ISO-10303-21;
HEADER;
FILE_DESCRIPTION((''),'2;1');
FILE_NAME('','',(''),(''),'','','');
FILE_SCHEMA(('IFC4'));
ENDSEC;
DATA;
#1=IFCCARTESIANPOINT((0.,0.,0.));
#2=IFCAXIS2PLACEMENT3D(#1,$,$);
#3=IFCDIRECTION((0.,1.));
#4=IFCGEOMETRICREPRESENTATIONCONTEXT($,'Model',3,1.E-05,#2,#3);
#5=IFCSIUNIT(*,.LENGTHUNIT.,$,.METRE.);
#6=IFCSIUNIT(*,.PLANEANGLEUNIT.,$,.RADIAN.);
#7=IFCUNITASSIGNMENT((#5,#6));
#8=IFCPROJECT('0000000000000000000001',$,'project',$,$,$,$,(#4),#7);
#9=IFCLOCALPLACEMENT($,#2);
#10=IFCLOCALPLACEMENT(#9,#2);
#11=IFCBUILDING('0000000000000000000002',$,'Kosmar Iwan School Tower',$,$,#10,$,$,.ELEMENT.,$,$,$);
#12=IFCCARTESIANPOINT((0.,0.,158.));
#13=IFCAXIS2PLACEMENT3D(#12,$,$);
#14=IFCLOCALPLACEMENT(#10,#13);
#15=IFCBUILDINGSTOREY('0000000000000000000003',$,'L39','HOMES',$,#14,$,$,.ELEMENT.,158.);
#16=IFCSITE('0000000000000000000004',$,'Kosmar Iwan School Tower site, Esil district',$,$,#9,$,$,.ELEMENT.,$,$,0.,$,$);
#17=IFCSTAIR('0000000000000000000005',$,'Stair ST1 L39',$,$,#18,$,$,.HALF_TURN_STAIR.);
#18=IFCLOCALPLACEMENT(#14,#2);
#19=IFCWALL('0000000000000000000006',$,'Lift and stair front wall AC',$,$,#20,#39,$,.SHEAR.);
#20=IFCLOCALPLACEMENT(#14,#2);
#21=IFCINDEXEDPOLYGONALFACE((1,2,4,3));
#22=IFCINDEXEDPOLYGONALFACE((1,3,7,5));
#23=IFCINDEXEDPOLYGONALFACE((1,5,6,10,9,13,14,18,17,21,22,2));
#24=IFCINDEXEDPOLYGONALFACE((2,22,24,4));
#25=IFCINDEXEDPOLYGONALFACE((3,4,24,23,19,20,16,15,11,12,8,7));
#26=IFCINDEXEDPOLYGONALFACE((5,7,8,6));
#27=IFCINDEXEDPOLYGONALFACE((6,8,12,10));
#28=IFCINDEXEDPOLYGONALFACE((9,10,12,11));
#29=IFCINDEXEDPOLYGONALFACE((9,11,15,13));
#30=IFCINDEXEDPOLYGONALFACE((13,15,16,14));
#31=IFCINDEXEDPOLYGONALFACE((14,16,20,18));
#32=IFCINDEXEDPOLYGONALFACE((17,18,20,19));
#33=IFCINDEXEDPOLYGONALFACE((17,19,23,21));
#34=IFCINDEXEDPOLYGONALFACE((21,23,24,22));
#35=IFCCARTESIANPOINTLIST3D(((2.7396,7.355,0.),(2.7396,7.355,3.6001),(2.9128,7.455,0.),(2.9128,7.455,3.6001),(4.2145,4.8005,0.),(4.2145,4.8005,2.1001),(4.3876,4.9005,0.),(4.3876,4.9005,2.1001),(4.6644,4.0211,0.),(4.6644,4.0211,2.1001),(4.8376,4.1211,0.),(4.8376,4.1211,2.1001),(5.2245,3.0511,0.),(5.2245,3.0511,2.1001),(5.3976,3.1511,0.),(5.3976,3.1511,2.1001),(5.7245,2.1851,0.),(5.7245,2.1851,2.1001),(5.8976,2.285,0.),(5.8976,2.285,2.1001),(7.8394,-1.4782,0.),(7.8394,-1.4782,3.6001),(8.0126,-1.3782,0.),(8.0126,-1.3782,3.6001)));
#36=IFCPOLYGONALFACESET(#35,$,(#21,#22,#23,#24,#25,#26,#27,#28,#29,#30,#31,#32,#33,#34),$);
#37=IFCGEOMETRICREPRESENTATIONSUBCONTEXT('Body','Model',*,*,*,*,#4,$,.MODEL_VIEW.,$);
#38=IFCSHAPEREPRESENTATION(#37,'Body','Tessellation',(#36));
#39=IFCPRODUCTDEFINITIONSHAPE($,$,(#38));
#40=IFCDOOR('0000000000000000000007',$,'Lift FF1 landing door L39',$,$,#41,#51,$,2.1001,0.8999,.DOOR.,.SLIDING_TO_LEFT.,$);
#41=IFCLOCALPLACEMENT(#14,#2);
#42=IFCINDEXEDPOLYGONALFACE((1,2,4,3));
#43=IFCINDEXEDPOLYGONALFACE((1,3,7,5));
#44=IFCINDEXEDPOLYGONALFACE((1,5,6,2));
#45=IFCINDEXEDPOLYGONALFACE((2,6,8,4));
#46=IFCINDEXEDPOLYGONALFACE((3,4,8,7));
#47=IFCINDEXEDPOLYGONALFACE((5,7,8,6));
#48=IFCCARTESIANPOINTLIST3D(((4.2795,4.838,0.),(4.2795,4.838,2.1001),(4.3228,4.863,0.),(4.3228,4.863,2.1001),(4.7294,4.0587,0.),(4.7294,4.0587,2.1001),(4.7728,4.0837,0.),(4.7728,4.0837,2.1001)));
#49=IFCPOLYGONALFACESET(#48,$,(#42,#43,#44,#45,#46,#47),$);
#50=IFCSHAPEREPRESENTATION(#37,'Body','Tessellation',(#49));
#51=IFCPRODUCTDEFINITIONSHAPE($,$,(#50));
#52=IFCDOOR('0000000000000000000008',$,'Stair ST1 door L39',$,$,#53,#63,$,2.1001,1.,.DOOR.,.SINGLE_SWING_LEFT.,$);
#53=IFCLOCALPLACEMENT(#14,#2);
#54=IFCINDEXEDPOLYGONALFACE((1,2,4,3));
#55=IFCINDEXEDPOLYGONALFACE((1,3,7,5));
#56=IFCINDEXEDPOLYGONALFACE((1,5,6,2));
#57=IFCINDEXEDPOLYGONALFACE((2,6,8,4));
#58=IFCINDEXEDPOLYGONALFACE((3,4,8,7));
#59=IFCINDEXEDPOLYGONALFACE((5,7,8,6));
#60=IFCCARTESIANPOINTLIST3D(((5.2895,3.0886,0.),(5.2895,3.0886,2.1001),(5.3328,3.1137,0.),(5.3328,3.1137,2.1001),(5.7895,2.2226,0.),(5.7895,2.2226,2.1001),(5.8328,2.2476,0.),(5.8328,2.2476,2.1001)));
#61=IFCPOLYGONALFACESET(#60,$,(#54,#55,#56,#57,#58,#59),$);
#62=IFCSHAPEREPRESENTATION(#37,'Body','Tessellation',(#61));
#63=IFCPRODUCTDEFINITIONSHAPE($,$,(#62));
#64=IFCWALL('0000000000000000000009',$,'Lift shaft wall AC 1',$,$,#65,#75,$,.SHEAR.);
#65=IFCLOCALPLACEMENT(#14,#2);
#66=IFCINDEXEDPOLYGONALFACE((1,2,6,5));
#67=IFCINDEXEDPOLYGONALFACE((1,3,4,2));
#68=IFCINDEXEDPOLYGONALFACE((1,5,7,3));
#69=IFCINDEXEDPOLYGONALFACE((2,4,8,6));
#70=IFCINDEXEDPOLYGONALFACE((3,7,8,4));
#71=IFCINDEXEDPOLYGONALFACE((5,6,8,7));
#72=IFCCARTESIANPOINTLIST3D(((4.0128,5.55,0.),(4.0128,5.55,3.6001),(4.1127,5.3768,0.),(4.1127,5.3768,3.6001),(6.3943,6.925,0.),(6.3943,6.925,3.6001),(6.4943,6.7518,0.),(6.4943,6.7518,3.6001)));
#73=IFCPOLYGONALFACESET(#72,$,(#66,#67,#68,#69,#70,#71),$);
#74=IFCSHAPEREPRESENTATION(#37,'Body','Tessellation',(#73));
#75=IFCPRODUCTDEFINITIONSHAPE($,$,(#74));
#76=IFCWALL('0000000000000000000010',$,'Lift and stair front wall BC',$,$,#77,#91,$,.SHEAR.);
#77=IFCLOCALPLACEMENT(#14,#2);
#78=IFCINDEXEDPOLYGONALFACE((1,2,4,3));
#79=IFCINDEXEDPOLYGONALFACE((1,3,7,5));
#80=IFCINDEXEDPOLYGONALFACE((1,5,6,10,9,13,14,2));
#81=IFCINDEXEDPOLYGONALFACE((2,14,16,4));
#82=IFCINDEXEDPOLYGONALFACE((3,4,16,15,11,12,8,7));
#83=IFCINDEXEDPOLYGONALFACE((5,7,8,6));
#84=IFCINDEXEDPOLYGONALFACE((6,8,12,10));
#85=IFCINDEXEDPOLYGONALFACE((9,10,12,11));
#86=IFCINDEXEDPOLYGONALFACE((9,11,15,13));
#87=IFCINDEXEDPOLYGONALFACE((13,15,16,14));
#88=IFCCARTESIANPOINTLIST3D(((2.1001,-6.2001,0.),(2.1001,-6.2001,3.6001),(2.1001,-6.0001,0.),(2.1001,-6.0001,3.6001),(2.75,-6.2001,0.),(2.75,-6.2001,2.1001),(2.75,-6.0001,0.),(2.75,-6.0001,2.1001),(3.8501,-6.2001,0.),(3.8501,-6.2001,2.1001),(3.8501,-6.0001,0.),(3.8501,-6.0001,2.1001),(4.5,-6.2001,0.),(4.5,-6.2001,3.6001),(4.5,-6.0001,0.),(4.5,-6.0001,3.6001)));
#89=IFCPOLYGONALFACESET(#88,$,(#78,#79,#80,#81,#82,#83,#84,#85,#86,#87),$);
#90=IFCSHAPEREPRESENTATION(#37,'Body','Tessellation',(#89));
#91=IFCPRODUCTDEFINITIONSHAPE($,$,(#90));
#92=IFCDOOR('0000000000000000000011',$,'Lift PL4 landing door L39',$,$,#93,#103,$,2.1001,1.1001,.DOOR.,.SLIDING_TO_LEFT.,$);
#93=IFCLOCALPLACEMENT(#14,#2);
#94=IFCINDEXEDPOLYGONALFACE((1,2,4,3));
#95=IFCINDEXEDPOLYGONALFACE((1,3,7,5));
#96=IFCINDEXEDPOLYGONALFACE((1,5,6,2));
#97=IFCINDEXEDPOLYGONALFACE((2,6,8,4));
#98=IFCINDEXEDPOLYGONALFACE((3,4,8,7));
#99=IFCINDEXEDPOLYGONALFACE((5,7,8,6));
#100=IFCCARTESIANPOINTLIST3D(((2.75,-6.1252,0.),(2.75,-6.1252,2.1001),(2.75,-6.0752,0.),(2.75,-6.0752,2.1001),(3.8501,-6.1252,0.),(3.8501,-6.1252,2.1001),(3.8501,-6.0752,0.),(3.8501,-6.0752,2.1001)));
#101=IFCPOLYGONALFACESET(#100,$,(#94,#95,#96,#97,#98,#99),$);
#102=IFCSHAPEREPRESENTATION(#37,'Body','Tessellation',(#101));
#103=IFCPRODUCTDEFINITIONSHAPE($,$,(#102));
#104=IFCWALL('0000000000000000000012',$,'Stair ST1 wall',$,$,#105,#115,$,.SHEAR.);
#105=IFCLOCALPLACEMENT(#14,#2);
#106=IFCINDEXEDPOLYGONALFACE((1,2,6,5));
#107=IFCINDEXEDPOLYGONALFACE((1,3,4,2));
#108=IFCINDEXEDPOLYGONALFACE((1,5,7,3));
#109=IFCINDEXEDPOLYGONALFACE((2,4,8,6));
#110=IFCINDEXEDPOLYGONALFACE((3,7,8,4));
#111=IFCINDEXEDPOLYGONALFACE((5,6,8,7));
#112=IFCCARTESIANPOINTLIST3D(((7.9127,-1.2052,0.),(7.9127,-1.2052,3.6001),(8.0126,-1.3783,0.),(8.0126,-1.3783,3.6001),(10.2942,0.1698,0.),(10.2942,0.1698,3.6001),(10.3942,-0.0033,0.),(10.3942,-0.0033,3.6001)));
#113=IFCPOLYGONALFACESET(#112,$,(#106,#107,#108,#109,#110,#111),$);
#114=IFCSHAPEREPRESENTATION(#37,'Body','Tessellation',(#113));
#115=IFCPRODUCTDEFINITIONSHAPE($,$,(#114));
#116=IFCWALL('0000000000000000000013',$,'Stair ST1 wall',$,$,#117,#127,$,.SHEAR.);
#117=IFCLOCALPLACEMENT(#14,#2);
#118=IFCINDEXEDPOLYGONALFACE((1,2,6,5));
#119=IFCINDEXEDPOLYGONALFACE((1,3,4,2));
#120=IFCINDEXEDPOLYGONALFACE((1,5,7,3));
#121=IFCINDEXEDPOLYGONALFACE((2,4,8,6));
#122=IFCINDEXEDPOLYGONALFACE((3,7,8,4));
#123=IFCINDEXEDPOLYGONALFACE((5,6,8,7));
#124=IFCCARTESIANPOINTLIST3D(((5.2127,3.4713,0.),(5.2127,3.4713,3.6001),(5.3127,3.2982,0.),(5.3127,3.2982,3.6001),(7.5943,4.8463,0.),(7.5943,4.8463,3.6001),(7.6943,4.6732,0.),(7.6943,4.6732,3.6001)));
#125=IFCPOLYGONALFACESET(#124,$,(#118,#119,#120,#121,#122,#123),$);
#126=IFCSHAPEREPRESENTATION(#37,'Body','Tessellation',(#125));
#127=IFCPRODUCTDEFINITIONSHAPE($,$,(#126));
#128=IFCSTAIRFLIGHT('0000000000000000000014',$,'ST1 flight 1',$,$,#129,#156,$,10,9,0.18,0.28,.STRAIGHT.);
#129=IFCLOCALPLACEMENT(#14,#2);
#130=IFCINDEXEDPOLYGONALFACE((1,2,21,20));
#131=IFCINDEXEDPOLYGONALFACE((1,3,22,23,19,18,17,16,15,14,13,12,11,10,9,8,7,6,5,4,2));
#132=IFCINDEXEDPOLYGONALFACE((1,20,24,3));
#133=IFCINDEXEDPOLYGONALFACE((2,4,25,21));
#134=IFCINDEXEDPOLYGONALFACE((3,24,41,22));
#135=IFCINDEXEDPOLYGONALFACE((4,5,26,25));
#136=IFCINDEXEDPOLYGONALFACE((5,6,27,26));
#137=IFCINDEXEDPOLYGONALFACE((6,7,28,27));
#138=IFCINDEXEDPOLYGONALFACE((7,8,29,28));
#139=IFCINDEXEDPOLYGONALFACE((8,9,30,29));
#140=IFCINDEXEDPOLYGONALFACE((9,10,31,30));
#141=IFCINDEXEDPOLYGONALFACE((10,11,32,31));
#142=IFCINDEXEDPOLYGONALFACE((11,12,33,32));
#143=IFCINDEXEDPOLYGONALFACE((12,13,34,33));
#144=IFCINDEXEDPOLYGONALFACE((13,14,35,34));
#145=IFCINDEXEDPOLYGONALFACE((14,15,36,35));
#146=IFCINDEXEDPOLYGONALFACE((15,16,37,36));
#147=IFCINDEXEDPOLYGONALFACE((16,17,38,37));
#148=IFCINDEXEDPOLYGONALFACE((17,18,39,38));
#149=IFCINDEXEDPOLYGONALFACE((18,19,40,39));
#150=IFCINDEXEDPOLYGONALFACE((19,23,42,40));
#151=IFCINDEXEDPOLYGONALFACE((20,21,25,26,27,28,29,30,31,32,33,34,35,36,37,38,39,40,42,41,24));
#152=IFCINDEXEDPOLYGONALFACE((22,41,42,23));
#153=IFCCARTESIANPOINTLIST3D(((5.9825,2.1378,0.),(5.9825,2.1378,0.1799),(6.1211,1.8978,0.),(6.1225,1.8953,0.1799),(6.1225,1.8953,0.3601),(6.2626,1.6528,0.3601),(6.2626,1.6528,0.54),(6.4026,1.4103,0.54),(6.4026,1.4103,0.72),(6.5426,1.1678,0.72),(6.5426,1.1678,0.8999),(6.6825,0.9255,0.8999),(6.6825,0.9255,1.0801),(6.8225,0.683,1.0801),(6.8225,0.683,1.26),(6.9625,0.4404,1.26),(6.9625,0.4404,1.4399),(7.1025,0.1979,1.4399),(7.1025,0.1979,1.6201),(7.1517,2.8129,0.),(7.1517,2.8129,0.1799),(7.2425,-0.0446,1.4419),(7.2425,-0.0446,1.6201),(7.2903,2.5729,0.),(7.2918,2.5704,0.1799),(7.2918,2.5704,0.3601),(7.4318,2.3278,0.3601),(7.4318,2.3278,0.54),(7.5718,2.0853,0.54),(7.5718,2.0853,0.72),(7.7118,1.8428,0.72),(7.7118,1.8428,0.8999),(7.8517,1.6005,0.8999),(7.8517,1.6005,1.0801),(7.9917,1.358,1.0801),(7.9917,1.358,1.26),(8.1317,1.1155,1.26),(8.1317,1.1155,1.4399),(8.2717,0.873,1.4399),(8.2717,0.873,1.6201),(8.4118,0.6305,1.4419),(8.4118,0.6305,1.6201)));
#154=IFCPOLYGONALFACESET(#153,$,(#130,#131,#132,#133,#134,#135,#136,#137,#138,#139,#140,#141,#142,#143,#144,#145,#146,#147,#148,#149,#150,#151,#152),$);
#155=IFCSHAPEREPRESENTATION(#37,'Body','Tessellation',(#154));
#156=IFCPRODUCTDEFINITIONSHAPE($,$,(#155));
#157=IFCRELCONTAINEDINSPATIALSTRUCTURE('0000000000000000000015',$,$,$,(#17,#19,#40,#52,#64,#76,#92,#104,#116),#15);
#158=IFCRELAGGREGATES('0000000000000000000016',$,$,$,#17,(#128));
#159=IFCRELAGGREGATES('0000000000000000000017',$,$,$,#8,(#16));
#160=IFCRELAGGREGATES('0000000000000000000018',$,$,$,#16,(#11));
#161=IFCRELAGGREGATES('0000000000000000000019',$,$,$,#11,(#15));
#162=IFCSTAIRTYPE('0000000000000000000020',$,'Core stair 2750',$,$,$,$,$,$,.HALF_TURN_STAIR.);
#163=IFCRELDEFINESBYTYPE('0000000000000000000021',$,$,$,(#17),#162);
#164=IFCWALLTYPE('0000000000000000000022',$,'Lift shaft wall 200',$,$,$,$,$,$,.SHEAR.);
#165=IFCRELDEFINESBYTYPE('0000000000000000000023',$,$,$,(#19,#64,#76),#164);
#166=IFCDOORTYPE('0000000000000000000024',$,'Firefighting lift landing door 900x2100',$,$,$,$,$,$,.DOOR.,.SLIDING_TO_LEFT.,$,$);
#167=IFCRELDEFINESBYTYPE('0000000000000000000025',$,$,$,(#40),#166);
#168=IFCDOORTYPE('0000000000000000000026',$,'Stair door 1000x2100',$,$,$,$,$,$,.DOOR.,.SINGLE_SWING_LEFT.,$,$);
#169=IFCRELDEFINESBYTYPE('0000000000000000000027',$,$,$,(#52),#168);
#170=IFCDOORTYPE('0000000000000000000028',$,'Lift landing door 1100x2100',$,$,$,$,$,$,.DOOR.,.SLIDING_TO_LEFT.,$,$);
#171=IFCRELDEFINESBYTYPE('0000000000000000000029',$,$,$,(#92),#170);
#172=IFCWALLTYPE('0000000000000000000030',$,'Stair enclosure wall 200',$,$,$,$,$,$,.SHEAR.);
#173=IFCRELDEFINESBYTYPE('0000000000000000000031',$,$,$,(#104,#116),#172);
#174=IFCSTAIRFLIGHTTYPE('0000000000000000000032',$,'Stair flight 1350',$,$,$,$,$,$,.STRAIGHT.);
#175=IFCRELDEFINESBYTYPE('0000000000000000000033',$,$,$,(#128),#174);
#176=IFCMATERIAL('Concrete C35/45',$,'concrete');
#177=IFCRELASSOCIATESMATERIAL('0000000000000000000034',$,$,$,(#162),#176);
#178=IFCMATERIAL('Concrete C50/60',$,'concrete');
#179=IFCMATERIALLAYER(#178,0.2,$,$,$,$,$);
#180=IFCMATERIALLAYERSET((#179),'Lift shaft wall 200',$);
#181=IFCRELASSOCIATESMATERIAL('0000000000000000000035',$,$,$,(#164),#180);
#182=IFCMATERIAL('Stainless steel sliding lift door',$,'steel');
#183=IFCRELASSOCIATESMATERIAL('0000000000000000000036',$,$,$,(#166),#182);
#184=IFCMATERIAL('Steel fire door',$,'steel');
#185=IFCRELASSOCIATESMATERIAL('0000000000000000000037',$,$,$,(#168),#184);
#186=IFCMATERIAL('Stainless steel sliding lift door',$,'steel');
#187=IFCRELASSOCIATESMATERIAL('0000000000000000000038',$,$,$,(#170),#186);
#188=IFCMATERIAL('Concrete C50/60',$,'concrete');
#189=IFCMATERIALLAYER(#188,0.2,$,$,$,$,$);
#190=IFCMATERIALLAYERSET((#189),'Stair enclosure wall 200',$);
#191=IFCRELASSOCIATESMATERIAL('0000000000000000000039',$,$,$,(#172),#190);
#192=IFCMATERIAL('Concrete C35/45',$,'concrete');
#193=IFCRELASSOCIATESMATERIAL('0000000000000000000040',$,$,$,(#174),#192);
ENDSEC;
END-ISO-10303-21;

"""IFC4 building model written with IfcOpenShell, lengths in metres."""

from ifc_helpers import new_model, si_unit, direction, frame, frame_2d, origin, place, context, subcontext, project, spatial, polyline, rectangle, outline, extrude, material, layer, layer_set, type_object, element, fill, aggregate, save


model = new_model("IFC4")

# Units and contexts
model_context = context("Model", 3, precision=1e-05, world=origin(), true_north=direction((0.0, 1.0)))
body_context = subcontext(model_context, "Body", "Model", "MODEL_VIEW")
ifc_project = project(units=[si_unit("LENGTHUNIT", "METRE"), si_unit("PLANEANGLEUNIT", "RADIAN")], contexts=[model_context])

# Site, building, storey
site_placement = place(None, origin())
site = spatial("IfcSite", under=ifc_project, at=site_placement, Name="Kosmar Iwan School Tower site, Esil district", CompositionType="ELEMENT", RefElevation=0.0)
building_placement = place(site_placement, origin())
building = spatial("IfcBuilding", under=site, at=building_placement, Name="Kosmar Iwan School Tower", CompositionType="ELEMENT")
storey_placement = place(building_placement, frame((0.0, 0.0, 158.0)))
storey = spatial("IfcBuildingStorey", under=building, at=storey_placement, Name="L39", Description="HOMES", CompositionType="ELEMENT", Elevation=158.0)

# Stair
ifc_material_1 = material(Name="Concrete C35/45", Category="concrete")
stair_type_1 = type_object("IfcStairType", Name="Core stair 2750", PredefinedType="HALF_TURN_STAIR", material=ifc_material_1)
stair_1_placement = place(storey_placement, origin())
stair_1 = element("IfcStair", 1, at=stair_1_placement, inside=storey, type_object=stair_type_1, Name="Stair ST1 L39", PredefinedType="HALF_TURN_STAIR")

# Wall, openings, doors
ifc_material_2 = material(Name="Concrete C50/60", Category="concrete")
ifc_layer_1 = layer(ifc_material_2, 0.2)
ifc_layer_set_1 = layer_set([ifc_layer_1], Name="Lift shaft wall 200")
wall_type_1 = type_object("IfcWallType", Name="Lift shaft wall 200", PredefinedType="SHEAR", material=ifc_layer_set_1)
wall_1_placement = place(storey_placement, frame((7.926, -1.4282, 0.0), z_axis=(0.0, 0.0, 1.0), x_axis=(-0.499998, 0.866027, 0.0)))
wall_1 = element("IfcWall", 2, at=wall_1_placement, inside=storey, type_object=wall_type_1, Name="Lift and stair front wall AC", PredefinedType="SHEAR", context=body_context, shape_type="SweptSolid", body=[
    extrude(rectangle(XDim=10.1997, YDim=0.2, at=frame_2d((5.0999, 0.0))), origin(), (0.0, 0.0, 1.0), 3.6001),
])
opening_1_placement = place(wall_1_placement, frame((6.3501, 0.0, 0.0)))
opening_1 = element("IfcOpeningElement", 3, at=opening_1_placement, cuts=wall_1, PredefinedType="OPENING", context=body_context, shape_type="SweptSolid", body=[
    extrude(rectangle(XDim=0.8999, YDim=2.1001, at=frame_2d((0.45, 1.05))), frame((0.0, 0.1121, 0.0), z_axis=(0.0, -1.0, 0.0), x_axis=(1.0, 0.0, 0.0)), (0.0, 0.0, 1.0), 0.2239),
])
opening_2_placement = place(wall_1_placement, frame((4.23, 0.0, 0.0)))
opening_2 = element("IfcOpeningElement", 4, at=opening_2_placement, cuts=wall_1, PredefinedType="OPENING", context=body_context, shape_type="SweptSolid", body=[
    extrude(rectangle(XDim=1.0, YDim=2.1001, at=frame_2d((0.5, 1.05))), frame((0.0, 0.1121, 0.0), z_axis=(0.0, -1.0, 0.0), x_axis=(1.0, 0.0, 0.0)), (0.0, 0.0, 1.0), 0.2239),
])
ifc_material_3 = material(Name="Stainless steel sliding lift door", Category="steel")
door_type_1 = type_object("IfcDoorType", Name="Firefighting lift landing door 900x2100", OperationType="SLIDING_TO_LEFT", PredefinedType="DOOR", material=ifc_material_3)
door_1_placement = place(opening_1_placement, origin())
door_1 = element("IfcDoor", 5, at=door_1_placement, inside=storey, type_object=door_type_1, Name="Lift FF1 landing door L39", OperationType="SLIDING_TO_LEFT", OverallHeight=2.1001, OverallWidth=0.8999, PredefinedType="DOOR", context=body_context, shape_type="SweptSolid", body=[
    extrude(rectangle(XDim=0.8999, YDim=2.1001, at=frame_2d((0.45, 1.05))), frame((0.0, 0.0249, 0.0), z_axis=(0.0, -1.0, 0.0), x_axis=(1.0, 0.0, 0.0)), (0.0, 0.0, 1.0), 0.05),
])
fill(opening_1, door_1)
ifc_material_4 = material(Name="Steel fire door", Category="steel")
door_type_2 = type_object("IfcDoorType", Name="Stair door 1000x2100", OperationType="SINGLE_SWING_LEFT", PredefinedType="DOOR", material=ifc_material_4)
door_2_placement = place(opening_2_placement, origin())
door_2 = element("IfcDoor", 6, at=door_2_placement, inside=storey, type_object=door_type_2, Name="Stair ST1 door L39", OperationType="SINGLE_SWING_LEFT", OverallHeight=2.1001, OverallWidth=1.0, PredefinedType="DOOR", context=body_context, shape_type="SweptSolid", body=[
    extrude(rectangle(XDim=1.0, YDim=2.1001, at=frame_2d((0.5, 1.05))), frame((0.0, 0.0249, 0.0), z_axis=(0.0, -1.0, 0.0), x_axis=(1.0, 0.0, 0.0)), (0.0, 0.0, 1.0), 0.05),
])
fill(opening_2, door_2)

# Wall
wall_2_placement = place(storey_placement, frame((4.0627, 5.4634, 0.0), z_axis=(0.0, 0.0, 1.0), x_axis=(0.866027, 0.499997, 0.0)))
element("IfcWall", 7, at=wall_2_placement, inside=storey, type_object=wall_type_1, Name="Lift shaft wall AC 1", PredefinedType="SHEAR", context=body_context, shape_type="SweptSolid", body=[
    extrude(rectangle(XDim=2.75, YDim=0.2, at=frame_2d((1.375, 0.0))), origin(), (0.0, 0.0, 1.0), 3.6001),
])

# Wall, opening, door
wall_3_placement = place(storey_placement, frame((2.1001, -6.1001, 0.0), z_axis=(0.0, 0.0, 1.0), x_axis=(1.0, 0.0, 0.0)))
wall_3 = element("IfcWall", 8, at=wall_3_placement, inside=storey, type_object=wall_type_1, Name="Lift and stair front wall BC", PredefinedType="SHEAR", context=body_context, shape_type="SweptSolid", body=[
    extrude(rectangle(XDim=2.3999, YDim=0.2, at=frame_2d((1.2, 0.0))), origin(), (0.0, 0.0, 1.0), 3.6001),
])
opening_3_placement = place(wall_3_placement, frame((0.6499, 0.0, 0.0)))
opening_3 = element("IfcOpeningElement", 9, at=opening_3_placement, cuts=wall_3, PredefinedType="OPENING", context=body_context, shape_type="SweptSolid", body=[
    extrude(rectangle(XDim=1.1001, YDim=2.1001, at=frame_2d((0.55, 1.05))), frame((0.0, 0.1121, 0.0), z_axis=(0.0, -1.0, 0.0), x_axis=(1.0, 0.0, 0.0)), (0.0, 0.0, 1.0), 0.2239),
])
ifc_material_5 = material(Name="Stainless steel sliding lift door", Category="steel")
door_type_3 = type_object("IfcDoorType", Name="Lift landing door 1100x2100", OperationType="SLIDING_TO_LEFT", PredefinedType="DOOR", material=ifc_material_5)
door_3_placement = place(opening_3_placement, origin())
door_3 = element("IfcDoor", 10, at=door_3_placement, inside=storey, type_object=door_type_3, Name="Lift PL4 landing door L39", OperationType="SLIDING_TO_LEFT", OverallHeight=2.1001, OverallWidth=1.1001, PredefinedType="DOOR", context=body_context, shape_type="SweptSolid", body=[
    extrude(rectangle(XDim=1.1001, YDim=2.1001, at=frame_2d((0.55, 1.05))), frame((0.0, 0.0249, 0.0), z_axis=(0.0, -1.0, 0.0), x_axis=(1.0, 0.0, 0.0)), (0.0, 0.0, 1.0), 0.05),
])
fill(opening_3, door_3)

# Walls
ifc_material_6 = material(Name="Concrete C50/60", Category="concrete")
ifc_layer_2 = layer(ifc_material_6, 0.2)
ifc_layer_set_2 = layer_set([ifc_layer_2], Name="Stair enclosure wall 200")
wall_type_2 = type_object("IfcWallType", Name="Stair enclosure wall 200", PredefinedType="SHEAR", material=ifc_layer_set_2)
for number, where, z_axis, x_axis, name in (
    (11, (7.9626, -1.2917, 0.0), (0.0, 0.0, 1.0), (0.866027, 0.499997, 0.0), "Stair ST1 wall"),
    (12, (5.2627, 3.3848, 0.0), (0.0, 0.0, 1.0), (0.866027, 0.499997, 0.0), "Stair ST1 wall"),
):
    element("IfcWall", number, at=place(storey_placement, frame(where, z_axis=z_axis, x_axis=x_axis)), inside=storey, type_object=wall_type_2, Name=name, PredefinedType="SHEAR", context=body_context, shape_type="SweptSolid", body=[
        extrude(rectangle(XDim=2.75, YDim=0.2, at=frame_2d((1.375, 0.0))), origin(), (0.0, 0.0, 1.0), 3.6001),
    ])

# Stair flight
ifc_material_7 = material(Name="Concrete C35/45", Category="concrete")
stair_flight_type = type_object("IfcStairFlightType", Name="Stair flight 1350", PredefinedType="STRAIGHT", material=ifc_material_7)
stair_flight_1_placement = place(storey_placement, frame((6.5671, 2.4753, 0.0), z_axis=(0.0, 0.0, 1.0), x_axis=(0.5, -0.866025, 0.0)))
stair_flight_1 = element("IfcStairFlight", 13, at=stair_flight_1_placement, type_object=stair_flight_type, Name="ST1 flight 1", NumberOfRisers=10, NumberOfTreads=9, PredefinedType="STRAIGHT", RiserHeight=0.18, TreadLength=0.28, context=body_context, shape_type="SweptSolid", body=[
    extrude(outline(polyline([(0.0, 0.0), (0.0, 0.1799), (0.28, 0.1799), (0.28, 0.3601), (0.5601, 0.3601), (0.5601, 0.54), (0.8401, 0.54), (0.8401, 0.72), (1.1201, 0.72), (1.1201, 0.8999), (1.3999, 0.8999), (1.3999, 1.0801), (1.6799, 1.0801), (1.6799, 1.26), (1.96, 1.26), (1.96, 1.4399), (2.24, 1.4399), (2.24, 1.6201), (2.52, 1.6201), (2.52, 1.8), (2.52, 1.4419), (0.2771, 0.0), (0.0, 0.0)])), frame((0.0, 0.675, 0.0), z_axis=(0.0, -1.0, 0.0), x_axis=(1.0, 0.0, 0.0)), (0.0, 0.0, 1.0), 1.3501),
])
aggregate(stair_1, [stair_flight_1])

save(model, "model.ifc")
